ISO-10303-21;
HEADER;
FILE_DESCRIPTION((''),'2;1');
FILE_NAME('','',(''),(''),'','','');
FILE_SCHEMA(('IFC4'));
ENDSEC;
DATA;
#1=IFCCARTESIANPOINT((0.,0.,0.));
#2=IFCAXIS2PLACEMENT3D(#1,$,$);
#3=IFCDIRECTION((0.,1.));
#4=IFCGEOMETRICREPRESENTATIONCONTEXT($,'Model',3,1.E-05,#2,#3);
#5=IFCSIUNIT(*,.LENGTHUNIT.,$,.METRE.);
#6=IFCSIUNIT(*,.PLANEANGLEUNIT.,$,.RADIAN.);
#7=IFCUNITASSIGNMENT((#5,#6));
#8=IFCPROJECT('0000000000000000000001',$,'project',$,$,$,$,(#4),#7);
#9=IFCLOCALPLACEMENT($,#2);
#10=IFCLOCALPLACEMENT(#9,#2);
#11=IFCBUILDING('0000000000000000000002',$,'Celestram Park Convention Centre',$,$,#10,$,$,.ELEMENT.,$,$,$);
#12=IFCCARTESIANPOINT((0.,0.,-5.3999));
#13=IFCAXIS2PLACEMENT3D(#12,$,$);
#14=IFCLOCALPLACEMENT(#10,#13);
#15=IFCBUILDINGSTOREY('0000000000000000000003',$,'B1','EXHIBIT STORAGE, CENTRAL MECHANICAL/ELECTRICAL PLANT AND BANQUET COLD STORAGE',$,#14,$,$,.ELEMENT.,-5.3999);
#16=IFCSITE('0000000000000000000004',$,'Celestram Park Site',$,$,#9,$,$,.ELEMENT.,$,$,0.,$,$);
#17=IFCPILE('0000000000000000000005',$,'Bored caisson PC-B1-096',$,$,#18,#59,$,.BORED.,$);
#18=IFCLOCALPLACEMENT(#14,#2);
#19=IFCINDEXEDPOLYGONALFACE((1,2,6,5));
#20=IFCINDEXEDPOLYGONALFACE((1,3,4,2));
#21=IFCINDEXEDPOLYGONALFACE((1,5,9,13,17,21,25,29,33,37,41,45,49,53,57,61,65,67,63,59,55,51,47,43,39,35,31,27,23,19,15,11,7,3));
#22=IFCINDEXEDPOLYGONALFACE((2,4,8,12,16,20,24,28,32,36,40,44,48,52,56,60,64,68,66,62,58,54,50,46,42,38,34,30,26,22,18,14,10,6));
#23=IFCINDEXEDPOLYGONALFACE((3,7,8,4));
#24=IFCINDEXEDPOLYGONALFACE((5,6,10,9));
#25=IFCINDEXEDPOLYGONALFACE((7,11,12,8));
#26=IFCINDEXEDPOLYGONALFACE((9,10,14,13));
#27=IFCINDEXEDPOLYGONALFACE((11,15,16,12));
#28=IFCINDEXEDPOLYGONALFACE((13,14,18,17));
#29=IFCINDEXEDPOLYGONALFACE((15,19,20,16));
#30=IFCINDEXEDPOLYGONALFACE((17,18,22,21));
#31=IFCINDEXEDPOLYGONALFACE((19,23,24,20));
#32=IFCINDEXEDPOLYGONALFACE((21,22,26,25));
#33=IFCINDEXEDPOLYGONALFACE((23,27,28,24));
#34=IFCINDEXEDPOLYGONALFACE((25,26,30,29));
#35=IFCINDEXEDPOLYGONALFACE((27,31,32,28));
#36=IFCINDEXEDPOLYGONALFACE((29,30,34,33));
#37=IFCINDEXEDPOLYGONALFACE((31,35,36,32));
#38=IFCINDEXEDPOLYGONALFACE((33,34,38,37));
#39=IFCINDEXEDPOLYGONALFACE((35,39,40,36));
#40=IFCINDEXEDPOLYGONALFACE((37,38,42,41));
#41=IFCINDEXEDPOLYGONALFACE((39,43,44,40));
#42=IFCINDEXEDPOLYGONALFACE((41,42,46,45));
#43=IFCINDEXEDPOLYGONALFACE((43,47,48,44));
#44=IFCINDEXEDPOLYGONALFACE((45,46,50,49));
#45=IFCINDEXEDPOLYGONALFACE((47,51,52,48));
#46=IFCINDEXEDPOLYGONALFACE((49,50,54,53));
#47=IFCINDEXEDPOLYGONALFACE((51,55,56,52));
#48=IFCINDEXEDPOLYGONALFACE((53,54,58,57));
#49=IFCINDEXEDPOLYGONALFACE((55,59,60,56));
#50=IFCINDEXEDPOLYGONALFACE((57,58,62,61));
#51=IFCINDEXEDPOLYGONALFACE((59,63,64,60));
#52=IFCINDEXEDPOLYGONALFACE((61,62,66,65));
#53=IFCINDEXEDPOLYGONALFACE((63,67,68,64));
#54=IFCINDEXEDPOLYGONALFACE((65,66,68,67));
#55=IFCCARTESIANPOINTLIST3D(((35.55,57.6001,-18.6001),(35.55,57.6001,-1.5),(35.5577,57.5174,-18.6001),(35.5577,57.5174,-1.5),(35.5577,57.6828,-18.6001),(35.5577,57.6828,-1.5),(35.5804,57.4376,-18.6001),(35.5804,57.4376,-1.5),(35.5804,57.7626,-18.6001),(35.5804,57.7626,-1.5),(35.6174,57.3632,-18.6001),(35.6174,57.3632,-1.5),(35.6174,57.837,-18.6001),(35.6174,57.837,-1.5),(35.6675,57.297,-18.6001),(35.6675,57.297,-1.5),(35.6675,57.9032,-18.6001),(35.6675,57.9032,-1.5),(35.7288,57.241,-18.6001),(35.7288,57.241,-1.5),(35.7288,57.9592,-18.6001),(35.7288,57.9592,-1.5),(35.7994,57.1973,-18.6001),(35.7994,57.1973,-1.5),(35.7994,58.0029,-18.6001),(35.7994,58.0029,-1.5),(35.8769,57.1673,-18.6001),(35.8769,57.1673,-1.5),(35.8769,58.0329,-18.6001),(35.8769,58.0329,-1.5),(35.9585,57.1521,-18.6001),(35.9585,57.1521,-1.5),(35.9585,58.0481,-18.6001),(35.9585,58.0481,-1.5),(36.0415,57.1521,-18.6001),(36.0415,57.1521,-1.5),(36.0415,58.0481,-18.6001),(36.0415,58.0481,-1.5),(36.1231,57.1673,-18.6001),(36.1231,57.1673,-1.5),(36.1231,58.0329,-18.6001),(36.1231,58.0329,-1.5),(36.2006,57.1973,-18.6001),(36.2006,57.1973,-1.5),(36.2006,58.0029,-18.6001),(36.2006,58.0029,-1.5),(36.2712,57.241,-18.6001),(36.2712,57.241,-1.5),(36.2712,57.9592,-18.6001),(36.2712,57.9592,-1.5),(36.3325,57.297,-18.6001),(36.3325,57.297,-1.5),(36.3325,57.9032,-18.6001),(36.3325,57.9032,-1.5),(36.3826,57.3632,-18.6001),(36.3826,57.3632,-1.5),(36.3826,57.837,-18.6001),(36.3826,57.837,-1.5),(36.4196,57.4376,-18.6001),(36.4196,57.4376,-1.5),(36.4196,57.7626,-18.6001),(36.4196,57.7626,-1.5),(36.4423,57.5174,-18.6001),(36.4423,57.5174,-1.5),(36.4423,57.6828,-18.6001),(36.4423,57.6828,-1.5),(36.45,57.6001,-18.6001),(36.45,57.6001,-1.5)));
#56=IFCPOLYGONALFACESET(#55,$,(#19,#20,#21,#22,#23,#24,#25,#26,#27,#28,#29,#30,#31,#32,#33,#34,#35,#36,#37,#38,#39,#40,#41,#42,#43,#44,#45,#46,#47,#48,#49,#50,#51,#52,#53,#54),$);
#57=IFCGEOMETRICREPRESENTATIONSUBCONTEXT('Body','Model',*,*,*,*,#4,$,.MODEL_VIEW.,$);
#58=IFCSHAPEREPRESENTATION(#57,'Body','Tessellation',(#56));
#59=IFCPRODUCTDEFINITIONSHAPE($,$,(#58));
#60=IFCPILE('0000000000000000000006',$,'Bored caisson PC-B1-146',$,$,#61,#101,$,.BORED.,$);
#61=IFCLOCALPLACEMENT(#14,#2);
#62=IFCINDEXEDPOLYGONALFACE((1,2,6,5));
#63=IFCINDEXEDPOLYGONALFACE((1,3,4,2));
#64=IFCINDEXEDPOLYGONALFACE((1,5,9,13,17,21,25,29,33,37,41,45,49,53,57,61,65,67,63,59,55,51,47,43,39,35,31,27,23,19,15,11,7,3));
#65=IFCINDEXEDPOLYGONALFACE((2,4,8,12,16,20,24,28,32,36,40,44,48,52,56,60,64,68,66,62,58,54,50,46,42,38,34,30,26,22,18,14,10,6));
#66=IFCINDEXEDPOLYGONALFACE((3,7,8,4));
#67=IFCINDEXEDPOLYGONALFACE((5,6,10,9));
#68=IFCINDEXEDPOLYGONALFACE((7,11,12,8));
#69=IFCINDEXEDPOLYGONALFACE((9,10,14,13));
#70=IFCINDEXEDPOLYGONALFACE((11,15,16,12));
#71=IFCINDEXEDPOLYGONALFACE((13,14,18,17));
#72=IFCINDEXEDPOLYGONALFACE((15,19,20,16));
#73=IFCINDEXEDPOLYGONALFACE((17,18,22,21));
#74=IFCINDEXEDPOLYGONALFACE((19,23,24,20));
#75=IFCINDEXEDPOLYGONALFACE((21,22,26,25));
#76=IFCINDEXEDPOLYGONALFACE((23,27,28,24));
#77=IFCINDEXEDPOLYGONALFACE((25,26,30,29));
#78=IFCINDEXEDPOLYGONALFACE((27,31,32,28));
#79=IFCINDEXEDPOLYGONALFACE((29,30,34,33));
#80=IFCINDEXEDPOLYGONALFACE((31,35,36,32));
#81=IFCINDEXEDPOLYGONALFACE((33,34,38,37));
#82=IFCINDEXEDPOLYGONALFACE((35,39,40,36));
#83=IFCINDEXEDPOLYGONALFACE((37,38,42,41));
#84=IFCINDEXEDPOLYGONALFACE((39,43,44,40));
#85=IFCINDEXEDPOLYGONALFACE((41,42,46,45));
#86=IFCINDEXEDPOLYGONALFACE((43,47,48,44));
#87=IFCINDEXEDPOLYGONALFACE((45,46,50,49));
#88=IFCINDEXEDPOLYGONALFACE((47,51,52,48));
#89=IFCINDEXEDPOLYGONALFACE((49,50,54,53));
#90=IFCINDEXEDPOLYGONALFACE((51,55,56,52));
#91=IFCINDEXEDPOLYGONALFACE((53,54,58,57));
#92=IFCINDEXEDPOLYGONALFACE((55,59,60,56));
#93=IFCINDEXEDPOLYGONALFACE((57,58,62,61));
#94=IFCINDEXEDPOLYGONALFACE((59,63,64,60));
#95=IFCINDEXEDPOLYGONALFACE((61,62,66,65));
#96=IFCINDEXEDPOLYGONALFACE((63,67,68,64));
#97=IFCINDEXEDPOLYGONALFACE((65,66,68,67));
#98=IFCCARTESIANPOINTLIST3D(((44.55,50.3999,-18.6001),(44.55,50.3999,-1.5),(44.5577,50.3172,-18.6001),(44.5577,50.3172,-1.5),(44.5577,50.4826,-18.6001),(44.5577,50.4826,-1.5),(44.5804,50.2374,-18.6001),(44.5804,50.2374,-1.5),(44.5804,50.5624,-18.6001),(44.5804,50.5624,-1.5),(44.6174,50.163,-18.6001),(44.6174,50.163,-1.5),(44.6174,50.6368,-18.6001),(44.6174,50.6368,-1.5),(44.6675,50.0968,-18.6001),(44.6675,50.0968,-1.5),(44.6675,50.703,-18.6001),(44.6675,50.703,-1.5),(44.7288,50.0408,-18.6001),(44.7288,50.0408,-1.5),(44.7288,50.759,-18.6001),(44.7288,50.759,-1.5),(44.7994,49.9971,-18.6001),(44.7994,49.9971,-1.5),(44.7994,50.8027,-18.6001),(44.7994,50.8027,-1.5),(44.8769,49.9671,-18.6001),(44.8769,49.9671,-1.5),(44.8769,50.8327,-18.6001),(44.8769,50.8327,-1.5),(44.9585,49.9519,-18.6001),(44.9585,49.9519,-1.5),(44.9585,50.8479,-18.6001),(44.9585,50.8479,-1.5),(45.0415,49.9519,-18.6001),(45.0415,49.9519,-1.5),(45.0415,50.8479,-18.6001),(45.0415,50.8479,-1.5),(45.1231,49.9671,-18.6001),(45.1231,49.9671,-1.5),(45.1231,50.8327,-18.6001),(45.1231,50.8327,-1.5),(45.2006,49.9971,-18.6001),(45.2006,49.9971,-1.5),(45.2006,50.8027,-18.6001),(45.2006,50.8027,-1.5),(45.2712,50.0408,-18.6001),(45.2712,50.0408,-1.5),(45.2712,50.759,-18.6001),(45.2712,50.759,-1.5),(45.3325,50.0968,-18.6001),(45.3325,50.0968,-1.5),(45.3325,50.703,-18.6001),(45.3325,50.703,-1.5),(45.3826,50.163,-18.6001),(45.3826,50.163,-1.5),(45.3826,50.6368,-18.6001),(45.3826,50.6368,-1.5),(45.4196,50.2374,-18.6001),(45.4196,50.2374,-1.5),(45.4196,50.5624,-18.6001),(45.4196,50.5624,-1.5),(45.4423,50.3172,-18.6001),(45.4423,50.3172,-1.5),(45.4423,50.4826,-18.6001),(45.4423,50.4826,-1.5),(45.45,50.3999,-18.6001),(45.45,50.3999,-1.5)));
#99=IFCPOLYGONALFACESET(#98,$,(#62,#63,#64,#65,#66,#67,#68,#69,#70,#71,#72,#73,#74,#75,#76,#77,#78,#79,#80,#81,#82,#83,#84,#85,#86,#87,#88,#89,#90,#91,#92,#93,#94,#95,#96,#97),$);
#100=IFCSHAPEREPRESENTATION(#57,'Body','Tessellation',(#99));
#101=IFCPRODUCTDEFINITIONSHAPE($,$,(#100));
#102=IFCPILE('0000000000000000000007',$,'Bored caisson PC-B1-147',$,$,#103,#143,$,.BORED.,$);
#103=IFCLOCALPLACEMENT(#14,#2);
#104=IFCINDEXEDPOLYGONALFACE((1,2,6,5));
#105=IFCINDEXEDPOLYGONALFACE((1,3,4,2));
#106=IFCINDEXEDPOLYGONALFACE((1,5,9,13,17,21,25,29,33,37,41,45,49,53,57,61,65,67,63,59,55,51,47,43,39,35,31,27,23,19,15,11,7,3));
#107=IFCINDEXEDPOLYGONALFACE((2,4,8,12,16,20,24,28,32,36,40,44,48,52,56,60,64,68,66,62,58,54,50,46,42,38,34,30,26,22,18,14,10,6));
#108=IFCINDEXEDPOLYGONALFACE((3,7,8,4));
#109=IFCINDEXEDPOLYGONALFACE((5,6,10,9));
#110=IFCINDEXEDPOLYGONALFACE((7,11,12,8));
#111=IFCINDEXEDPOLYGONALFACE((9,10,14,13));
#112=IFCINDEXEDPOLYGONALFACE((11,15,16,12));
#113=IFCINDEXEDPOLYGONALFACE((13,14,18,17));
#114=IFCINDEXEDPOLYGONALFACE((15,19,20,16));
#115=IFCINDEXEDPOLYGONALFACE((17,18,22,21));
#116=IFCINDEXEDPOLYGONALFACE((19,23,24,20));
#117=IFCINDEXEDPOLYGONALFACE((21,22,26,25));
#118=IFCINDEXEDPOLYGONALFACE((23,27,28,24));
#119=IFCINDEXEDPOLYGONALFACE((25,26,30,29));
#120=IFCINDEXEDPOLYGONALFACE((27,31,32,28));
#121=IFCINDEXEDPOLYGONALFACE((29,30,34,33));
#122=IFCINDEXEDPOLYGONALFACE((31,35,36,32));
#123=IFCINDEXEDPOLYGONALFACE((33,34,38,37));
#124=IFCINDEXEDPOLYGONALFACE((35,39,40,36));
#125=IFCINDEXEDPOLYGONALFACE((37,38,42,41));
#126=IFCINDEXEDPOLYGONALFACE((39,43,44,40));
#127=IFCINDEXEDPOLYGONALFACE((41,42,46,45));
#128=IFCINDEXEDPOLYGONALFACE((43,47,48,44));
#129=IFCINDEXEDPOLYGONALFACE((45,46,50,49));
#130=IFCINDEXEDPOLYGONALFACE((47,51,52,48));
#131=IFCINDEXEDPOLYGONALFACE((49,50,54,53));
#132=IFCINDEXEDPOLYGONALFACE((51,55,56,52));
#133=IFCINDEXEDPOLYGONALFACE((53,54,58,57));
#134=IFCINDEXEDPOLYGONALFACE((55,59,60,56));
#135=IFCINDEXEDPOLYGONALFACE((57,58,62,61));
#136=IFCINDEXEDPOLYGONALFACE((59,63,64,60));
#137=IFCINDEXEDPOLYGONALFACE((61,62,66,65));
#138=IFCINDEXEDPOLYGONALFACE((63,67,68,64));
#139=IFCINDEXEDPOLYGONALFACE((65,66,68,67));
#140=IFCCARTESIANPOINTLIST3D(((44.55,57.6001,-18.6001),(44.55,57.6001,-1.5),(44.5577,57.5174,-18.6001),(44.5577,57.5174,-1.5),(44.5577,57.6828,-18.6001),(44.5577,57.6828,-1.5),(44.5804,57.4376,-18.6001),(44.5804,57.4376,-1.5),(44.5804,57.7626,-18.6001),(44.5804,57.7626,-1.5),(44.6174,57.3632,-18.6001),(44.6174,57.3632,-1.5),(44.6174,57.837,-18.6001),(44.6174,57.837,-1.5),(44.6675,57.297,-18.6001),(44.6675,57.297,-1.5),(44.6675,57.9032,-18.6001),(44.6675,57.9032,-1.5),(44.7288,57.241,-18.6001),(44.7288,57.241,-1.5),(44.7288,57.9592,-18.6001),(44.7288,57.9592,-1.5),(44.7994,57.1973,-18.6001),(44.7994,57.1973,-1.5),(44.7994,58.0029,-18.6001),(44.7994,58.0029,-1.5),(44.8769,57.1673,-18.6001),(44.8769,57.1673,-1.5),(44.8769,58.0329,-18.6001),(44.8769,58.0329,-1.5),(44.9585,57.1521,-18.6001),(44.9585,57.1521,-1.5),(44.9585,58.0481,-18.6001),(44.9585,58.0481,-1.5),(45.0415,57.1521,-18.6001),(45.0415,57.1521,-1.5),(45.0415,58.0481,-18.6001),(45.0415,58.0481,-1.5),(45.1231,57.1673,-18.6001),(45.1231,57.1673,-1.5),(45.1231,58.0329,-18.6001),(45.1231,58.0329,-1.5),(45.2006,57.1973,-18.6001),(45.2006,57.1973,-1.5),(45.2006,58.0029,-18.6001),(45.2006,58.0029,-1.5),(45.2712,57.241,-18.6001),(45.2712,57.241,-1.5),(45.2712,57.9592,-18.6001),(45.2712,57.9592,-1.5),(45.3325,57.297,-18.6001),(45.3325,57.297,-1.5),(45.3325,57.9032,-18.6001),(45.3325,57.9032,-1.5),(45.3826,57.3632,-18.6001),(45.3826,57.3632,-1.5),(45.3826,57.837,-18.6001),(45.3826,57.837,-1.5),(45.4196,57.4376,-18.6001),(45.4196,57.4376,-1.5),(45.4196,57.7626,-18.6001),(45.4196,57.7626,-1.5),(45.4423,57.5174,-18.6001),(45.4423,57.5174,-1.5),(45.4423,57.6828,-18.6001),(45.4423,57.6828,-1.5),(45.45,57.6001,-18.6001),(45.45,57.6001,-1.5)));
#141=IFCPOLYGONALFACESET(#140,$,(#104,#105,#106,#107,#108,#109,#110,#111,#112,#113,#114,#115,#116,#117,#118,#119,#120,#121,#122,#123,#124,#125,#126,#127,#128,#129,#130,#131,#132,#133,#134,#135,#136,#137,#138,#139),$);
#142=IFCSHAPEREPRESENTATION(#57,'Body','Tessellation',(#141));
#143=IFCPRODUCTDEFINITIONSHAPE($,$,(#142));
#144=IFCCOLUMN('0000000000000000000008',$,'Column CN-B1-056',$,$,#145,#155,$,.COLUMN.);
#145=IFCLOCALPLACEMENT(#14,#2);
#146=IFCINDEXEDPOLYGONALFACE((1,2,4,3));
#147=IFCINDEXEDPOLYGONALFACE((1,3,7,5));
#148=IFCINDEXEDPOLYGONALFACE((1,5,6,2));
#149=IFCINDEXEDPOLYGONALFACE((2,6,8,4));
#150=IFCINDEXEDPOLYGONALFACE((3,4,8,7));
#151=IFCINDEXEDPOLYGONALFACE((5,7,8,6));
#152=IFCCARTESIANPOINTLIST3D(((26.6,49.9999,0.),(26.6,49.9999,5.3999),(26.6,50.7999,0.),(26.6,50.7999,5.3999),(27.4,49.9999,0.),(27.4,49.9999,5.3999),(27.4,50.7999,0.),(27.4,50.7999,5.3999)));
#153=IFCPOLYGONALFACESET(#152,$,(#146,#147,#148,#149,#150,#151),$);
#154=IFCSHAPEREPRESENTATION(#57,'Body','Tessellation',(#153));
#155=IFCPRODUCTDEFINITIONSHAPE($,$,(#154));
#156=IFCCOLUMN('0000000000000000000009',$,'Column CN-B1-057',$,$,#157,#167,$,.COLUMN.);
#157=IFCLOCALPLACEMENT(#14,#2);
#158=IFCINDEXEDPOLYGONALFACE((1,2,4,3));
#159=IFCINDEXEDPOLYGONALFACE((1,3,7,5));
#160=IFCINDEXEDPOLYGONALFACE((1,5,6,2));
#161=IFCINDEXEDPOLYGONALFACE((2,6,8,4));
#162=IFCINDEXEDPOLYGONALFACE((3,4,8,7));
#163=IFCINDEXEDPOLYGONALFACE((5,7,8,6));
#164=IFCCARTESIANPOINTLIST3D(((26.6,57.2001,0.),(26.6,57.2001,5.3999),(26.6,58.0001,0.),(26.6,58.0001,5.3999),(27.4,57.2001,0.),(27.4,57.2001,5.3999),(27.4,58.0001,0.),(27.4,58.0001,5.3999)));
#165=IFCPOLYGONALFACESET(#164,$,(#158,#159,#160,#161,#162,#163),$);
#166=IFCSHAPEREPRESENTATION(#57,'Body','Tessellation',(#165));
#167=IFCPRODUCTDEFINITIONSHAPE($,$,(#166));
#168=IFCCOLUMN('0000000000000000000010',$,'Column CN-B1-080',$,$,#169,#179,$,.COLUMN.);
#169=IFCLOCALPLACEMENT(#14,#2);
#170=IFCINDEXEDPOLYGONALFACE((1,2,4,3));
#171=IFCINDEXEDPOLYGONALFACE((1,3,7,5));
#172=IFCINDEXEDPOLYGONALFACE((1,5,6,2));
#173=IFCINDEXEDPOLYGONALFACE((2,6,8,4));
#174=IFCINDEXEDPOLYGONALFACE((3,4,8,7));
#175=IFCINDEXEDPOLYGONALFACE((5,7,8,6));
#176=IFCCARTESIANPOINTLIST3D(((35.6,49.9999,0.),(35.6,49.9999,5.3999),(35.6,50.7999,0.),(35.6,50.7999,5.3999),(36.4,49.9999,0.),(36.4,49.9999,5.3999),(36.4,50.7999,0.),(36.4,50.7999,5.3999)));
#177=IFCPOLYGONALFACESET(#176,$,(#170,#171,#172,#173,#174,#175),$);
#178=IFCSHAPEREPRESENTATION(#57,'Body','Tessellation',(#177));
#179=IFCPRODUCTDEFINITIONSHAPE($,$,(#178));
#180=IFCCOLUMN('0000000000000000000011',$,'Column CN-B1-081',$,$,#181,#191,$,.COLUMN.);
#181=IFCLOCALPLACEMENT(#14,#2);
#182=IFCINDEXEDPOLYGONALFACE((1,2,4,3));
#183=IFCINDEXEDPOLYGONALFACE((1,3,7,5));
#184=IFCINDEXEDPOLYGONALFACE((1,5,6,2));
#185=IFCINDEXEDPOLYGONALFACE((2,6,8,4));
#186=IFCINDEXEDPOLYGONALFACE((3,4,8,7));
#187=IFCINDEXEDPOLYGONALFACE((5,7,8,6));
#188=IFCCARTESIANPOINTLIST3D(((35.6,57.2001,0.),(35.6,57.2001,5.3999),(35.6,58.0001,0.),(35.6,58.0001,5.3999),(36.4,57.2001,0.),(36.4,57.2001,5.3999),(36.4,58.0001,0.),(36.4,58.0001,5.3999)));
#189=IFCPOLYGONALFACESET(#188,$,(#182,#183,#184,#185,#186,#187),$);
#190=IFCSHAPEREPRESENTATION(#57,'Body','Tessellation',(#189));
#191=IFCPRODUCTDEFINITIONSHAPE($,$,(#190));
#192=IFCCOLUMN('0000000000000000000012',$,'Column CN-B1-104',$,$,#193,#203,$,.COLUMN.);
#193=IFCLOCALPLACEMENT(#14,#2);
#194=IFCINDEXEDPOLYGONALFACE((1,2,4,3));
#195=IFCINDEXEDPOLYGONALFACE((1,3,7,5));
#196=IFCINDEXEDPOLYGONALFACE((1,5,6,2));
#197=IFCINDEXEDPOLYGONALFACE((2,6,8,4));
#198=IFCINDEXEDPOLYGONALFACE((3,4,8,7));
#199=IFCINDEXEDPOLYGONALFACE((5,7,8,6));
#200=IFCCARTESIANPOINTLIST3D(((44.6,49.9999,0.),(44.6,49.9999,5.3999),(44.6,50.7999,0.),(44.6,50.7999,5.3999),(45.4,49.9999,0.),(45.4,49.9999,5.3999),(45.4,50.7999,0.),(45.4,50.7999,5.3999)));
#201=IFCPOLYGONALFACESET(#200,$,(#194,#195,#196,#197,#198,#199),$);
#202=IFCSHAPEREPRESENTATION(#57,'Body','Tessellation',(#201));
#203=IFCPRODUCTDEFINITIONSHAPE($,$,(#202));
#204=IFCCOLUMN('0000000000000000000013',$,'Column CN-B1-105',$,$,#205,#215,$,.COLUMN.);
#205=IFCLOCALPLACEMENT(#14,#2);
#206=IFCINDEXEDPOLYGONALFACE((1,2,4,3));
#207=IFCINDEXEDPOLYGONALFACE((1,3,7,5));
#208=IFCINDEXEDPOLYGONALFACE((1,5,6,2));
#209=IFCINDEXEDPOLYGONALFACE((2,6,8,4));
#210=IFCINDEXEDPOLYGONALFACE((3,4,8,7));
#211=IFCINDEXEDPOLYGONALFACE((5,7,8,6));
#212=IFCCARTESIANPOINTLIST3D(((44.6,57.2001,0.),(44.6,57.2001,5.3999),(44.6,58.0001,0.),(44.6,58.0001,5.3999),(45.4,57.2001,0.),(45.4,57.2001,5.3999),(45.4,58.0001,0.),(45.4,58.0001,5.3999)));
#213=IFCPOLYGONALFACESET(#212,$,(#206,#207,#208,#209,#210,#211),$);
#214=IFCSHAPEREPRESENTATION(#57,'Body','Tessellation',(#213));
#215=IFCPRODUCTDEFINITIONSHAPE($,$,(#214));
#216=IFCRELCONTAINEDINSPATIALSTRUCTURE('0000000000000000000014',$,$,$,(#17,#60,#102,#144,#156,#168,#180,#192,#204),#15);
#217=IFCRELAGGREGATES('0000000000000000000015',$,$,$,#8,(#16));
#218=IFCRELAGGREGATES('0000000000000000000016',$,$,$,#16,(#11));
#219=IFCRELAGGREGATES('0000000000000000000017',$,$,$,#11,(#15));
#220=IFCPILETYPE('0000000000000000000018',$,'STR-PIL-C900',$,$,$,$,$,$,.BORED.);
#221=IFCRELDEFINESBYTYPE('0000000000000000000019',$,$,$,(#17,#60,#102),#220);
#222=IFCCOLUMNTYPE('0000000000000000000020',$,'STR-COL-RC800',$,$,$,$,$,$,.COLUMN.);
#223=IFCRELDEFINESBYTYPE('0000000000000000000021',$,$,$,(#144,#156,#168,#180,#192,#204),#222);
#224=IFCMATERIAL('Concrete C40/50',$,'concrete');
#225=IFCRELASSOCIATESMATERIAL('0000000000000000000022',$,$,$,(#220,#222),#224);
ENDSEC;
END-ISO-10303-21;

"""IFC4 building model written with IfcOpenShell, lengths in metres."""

from ifc_helpers import new_model, si_unit, direction, frame, origin, origin_2d, place, context, subcontext, project, spatial, rectangle, circle, extrude, material, material_profile, profile_set, type_object, element, save


model = new_model("IFC4")

# Units and contexts
model_context = context("Model", 3, precision=1e-05, world=origin(), true_north=direction((0.0, 1.0)))
body_context = subcontext(model_context, "Body", "Model", "MODEL_VIEW")
ifc_project = project(units=[si_unit("LENGTHUNIT", "METRE"), si_unit("PLANEANGLEUNIT", "RADIAN")], contexts=[model_context])

# Site, building, storey
site_placement = place(None, origin())
site = spatial("IfcSite", under=ifc_project, at=site_placement, Name="Celestram Park Site", CompositionType="ELEMENT", RefElevation=0.0)
building_placement = place(site_placement, origin())
building = spatial("IfcBuilding", under=site, at=building_placement, Name="Celestram Park Convention Centre", CompositionType="ELEMENT")
storey_placement = place(building_placement, frame((0.0, 0.0, -5.3999)))
storey = spatial("IfcBuildingStorey", under=building, at=storey_placement, Name="B1", Description="EXHIBIT STORAGE, CENTRAL MECHANICAL/ELECTRICAL PLANT AND BANQUET COLD STORAGE", CompositionType="ELEMENT", Elevation=-5.3999)

# Shared definitions
ifc_material_1 = material(Name="Concrete C40/50", Category="concrete")

# Piles
ifc_material_profile_1 = material_profile(ifc_material_1, circle(Radius=0.45, at=origin_2d()), Name="CAISSON900")
ifc_profile_set_1 = profile_set([ifc_material_profile_1], Name="Concrete C40/50")
pile_type = type_object("IfcPileType", Name="STR-PIL-C900", PredefinedType="BORED", material=ifc_profile_set_1)
for number, where, z_axis, x_axis, name in (
    (1, (36.0, 57.6001, -1.5), (0.0, 0.0, -1.0), (1.0, 0.0, 0.0), "Bored caisson PC-B1-096"),
    (2, (45.0, 50.3999, -1.5), (0.0, 0.0, -1.0), (1.0, 0.0, 0.0), "Bored caisson PC-B1-146"),
    (3, (45.0, 57.6001, -1.5), (0.0, 0.0, -1.0), (1.0, 0.0, 0.0), "Bored caisson PC-B1-147"),
):
    element("IfcPile", number, at=place(storey_placement, frame(where, z_axis=z_axis, x_axis=x_axis)), inside=storey, type_object=pile_type, Name=name, PredefinedType="BORED", context=body_context, shape_type="SweptSolid", body=[
        extrude(circle(Radius=0.45, at=origin_2d()), origin(), (0.0, 0.0, 1.0), 17.1001),
    ])

# Columns
ifc_material_profile_2 = material_profile(ifc_material_1, rectangle(XDim=0.8, YDim=0.8, at=origin_2d()), Name="RC800X800")
ifc_profile_set_2 = profile_set([ifc_material_profile_2], Name="Concrete C40/50")
column_type = type_object("IfcColumnType", Name="STR-COL-RC800", PredefinedType="COLUMN", material=ifc_profile_set_2)
for number, where, z_axis, x_axis, name in (
    (4, (27.0, 50.3999, 0.0), (0.0, 0.0, 1.0), (1.0, 0.0, 0.0), "Column CN-B1-056"),
    (5, (27.0, 57.6001, 0.0), (0.0, 0.0, 1.0), (1.0, 0.0, 0.0), "Column CN-B1-057"),
    (6, (36.0, 50.3999, 0.0), (0.0, 0.0, 1.0), (1.0, 0.0, 0.0), "Column CN-B1-080"),
    (7, (36.0, 57.6001, 0.0), (0.0, 0.0, 1.0), (1.0, 0.0, 0.0), "Column CN-B1-081"),
    (8, (45.0, 50.3999, 0.0), (0.0, 0.0, 1.0), (1.0, 0.0, 0.0), "Column CN-B1-104"),
    (9, (45.0, 57.6001, 0.0), (0.0, 0.0, 1.0), (1.0, 0.0, 0.0), "Column CN-B1-105"),
):
    element("IfcColumn", number, at=place(storey_placement, frame(where, z_axis=z_axis, x_axis=x_axis)), inside=storey, type_object=column_type, Name=name, PredefinedType="COLUMN", context=body_context, shape_type="SweptSolid", body=[
        extrude(rectangle(XDim=0.8, YDim=0.8, at=origin_2d()), origin(), (0.0, 0.0, 1.0), 5.3999),
    ])

save(model, "model.ifc")
